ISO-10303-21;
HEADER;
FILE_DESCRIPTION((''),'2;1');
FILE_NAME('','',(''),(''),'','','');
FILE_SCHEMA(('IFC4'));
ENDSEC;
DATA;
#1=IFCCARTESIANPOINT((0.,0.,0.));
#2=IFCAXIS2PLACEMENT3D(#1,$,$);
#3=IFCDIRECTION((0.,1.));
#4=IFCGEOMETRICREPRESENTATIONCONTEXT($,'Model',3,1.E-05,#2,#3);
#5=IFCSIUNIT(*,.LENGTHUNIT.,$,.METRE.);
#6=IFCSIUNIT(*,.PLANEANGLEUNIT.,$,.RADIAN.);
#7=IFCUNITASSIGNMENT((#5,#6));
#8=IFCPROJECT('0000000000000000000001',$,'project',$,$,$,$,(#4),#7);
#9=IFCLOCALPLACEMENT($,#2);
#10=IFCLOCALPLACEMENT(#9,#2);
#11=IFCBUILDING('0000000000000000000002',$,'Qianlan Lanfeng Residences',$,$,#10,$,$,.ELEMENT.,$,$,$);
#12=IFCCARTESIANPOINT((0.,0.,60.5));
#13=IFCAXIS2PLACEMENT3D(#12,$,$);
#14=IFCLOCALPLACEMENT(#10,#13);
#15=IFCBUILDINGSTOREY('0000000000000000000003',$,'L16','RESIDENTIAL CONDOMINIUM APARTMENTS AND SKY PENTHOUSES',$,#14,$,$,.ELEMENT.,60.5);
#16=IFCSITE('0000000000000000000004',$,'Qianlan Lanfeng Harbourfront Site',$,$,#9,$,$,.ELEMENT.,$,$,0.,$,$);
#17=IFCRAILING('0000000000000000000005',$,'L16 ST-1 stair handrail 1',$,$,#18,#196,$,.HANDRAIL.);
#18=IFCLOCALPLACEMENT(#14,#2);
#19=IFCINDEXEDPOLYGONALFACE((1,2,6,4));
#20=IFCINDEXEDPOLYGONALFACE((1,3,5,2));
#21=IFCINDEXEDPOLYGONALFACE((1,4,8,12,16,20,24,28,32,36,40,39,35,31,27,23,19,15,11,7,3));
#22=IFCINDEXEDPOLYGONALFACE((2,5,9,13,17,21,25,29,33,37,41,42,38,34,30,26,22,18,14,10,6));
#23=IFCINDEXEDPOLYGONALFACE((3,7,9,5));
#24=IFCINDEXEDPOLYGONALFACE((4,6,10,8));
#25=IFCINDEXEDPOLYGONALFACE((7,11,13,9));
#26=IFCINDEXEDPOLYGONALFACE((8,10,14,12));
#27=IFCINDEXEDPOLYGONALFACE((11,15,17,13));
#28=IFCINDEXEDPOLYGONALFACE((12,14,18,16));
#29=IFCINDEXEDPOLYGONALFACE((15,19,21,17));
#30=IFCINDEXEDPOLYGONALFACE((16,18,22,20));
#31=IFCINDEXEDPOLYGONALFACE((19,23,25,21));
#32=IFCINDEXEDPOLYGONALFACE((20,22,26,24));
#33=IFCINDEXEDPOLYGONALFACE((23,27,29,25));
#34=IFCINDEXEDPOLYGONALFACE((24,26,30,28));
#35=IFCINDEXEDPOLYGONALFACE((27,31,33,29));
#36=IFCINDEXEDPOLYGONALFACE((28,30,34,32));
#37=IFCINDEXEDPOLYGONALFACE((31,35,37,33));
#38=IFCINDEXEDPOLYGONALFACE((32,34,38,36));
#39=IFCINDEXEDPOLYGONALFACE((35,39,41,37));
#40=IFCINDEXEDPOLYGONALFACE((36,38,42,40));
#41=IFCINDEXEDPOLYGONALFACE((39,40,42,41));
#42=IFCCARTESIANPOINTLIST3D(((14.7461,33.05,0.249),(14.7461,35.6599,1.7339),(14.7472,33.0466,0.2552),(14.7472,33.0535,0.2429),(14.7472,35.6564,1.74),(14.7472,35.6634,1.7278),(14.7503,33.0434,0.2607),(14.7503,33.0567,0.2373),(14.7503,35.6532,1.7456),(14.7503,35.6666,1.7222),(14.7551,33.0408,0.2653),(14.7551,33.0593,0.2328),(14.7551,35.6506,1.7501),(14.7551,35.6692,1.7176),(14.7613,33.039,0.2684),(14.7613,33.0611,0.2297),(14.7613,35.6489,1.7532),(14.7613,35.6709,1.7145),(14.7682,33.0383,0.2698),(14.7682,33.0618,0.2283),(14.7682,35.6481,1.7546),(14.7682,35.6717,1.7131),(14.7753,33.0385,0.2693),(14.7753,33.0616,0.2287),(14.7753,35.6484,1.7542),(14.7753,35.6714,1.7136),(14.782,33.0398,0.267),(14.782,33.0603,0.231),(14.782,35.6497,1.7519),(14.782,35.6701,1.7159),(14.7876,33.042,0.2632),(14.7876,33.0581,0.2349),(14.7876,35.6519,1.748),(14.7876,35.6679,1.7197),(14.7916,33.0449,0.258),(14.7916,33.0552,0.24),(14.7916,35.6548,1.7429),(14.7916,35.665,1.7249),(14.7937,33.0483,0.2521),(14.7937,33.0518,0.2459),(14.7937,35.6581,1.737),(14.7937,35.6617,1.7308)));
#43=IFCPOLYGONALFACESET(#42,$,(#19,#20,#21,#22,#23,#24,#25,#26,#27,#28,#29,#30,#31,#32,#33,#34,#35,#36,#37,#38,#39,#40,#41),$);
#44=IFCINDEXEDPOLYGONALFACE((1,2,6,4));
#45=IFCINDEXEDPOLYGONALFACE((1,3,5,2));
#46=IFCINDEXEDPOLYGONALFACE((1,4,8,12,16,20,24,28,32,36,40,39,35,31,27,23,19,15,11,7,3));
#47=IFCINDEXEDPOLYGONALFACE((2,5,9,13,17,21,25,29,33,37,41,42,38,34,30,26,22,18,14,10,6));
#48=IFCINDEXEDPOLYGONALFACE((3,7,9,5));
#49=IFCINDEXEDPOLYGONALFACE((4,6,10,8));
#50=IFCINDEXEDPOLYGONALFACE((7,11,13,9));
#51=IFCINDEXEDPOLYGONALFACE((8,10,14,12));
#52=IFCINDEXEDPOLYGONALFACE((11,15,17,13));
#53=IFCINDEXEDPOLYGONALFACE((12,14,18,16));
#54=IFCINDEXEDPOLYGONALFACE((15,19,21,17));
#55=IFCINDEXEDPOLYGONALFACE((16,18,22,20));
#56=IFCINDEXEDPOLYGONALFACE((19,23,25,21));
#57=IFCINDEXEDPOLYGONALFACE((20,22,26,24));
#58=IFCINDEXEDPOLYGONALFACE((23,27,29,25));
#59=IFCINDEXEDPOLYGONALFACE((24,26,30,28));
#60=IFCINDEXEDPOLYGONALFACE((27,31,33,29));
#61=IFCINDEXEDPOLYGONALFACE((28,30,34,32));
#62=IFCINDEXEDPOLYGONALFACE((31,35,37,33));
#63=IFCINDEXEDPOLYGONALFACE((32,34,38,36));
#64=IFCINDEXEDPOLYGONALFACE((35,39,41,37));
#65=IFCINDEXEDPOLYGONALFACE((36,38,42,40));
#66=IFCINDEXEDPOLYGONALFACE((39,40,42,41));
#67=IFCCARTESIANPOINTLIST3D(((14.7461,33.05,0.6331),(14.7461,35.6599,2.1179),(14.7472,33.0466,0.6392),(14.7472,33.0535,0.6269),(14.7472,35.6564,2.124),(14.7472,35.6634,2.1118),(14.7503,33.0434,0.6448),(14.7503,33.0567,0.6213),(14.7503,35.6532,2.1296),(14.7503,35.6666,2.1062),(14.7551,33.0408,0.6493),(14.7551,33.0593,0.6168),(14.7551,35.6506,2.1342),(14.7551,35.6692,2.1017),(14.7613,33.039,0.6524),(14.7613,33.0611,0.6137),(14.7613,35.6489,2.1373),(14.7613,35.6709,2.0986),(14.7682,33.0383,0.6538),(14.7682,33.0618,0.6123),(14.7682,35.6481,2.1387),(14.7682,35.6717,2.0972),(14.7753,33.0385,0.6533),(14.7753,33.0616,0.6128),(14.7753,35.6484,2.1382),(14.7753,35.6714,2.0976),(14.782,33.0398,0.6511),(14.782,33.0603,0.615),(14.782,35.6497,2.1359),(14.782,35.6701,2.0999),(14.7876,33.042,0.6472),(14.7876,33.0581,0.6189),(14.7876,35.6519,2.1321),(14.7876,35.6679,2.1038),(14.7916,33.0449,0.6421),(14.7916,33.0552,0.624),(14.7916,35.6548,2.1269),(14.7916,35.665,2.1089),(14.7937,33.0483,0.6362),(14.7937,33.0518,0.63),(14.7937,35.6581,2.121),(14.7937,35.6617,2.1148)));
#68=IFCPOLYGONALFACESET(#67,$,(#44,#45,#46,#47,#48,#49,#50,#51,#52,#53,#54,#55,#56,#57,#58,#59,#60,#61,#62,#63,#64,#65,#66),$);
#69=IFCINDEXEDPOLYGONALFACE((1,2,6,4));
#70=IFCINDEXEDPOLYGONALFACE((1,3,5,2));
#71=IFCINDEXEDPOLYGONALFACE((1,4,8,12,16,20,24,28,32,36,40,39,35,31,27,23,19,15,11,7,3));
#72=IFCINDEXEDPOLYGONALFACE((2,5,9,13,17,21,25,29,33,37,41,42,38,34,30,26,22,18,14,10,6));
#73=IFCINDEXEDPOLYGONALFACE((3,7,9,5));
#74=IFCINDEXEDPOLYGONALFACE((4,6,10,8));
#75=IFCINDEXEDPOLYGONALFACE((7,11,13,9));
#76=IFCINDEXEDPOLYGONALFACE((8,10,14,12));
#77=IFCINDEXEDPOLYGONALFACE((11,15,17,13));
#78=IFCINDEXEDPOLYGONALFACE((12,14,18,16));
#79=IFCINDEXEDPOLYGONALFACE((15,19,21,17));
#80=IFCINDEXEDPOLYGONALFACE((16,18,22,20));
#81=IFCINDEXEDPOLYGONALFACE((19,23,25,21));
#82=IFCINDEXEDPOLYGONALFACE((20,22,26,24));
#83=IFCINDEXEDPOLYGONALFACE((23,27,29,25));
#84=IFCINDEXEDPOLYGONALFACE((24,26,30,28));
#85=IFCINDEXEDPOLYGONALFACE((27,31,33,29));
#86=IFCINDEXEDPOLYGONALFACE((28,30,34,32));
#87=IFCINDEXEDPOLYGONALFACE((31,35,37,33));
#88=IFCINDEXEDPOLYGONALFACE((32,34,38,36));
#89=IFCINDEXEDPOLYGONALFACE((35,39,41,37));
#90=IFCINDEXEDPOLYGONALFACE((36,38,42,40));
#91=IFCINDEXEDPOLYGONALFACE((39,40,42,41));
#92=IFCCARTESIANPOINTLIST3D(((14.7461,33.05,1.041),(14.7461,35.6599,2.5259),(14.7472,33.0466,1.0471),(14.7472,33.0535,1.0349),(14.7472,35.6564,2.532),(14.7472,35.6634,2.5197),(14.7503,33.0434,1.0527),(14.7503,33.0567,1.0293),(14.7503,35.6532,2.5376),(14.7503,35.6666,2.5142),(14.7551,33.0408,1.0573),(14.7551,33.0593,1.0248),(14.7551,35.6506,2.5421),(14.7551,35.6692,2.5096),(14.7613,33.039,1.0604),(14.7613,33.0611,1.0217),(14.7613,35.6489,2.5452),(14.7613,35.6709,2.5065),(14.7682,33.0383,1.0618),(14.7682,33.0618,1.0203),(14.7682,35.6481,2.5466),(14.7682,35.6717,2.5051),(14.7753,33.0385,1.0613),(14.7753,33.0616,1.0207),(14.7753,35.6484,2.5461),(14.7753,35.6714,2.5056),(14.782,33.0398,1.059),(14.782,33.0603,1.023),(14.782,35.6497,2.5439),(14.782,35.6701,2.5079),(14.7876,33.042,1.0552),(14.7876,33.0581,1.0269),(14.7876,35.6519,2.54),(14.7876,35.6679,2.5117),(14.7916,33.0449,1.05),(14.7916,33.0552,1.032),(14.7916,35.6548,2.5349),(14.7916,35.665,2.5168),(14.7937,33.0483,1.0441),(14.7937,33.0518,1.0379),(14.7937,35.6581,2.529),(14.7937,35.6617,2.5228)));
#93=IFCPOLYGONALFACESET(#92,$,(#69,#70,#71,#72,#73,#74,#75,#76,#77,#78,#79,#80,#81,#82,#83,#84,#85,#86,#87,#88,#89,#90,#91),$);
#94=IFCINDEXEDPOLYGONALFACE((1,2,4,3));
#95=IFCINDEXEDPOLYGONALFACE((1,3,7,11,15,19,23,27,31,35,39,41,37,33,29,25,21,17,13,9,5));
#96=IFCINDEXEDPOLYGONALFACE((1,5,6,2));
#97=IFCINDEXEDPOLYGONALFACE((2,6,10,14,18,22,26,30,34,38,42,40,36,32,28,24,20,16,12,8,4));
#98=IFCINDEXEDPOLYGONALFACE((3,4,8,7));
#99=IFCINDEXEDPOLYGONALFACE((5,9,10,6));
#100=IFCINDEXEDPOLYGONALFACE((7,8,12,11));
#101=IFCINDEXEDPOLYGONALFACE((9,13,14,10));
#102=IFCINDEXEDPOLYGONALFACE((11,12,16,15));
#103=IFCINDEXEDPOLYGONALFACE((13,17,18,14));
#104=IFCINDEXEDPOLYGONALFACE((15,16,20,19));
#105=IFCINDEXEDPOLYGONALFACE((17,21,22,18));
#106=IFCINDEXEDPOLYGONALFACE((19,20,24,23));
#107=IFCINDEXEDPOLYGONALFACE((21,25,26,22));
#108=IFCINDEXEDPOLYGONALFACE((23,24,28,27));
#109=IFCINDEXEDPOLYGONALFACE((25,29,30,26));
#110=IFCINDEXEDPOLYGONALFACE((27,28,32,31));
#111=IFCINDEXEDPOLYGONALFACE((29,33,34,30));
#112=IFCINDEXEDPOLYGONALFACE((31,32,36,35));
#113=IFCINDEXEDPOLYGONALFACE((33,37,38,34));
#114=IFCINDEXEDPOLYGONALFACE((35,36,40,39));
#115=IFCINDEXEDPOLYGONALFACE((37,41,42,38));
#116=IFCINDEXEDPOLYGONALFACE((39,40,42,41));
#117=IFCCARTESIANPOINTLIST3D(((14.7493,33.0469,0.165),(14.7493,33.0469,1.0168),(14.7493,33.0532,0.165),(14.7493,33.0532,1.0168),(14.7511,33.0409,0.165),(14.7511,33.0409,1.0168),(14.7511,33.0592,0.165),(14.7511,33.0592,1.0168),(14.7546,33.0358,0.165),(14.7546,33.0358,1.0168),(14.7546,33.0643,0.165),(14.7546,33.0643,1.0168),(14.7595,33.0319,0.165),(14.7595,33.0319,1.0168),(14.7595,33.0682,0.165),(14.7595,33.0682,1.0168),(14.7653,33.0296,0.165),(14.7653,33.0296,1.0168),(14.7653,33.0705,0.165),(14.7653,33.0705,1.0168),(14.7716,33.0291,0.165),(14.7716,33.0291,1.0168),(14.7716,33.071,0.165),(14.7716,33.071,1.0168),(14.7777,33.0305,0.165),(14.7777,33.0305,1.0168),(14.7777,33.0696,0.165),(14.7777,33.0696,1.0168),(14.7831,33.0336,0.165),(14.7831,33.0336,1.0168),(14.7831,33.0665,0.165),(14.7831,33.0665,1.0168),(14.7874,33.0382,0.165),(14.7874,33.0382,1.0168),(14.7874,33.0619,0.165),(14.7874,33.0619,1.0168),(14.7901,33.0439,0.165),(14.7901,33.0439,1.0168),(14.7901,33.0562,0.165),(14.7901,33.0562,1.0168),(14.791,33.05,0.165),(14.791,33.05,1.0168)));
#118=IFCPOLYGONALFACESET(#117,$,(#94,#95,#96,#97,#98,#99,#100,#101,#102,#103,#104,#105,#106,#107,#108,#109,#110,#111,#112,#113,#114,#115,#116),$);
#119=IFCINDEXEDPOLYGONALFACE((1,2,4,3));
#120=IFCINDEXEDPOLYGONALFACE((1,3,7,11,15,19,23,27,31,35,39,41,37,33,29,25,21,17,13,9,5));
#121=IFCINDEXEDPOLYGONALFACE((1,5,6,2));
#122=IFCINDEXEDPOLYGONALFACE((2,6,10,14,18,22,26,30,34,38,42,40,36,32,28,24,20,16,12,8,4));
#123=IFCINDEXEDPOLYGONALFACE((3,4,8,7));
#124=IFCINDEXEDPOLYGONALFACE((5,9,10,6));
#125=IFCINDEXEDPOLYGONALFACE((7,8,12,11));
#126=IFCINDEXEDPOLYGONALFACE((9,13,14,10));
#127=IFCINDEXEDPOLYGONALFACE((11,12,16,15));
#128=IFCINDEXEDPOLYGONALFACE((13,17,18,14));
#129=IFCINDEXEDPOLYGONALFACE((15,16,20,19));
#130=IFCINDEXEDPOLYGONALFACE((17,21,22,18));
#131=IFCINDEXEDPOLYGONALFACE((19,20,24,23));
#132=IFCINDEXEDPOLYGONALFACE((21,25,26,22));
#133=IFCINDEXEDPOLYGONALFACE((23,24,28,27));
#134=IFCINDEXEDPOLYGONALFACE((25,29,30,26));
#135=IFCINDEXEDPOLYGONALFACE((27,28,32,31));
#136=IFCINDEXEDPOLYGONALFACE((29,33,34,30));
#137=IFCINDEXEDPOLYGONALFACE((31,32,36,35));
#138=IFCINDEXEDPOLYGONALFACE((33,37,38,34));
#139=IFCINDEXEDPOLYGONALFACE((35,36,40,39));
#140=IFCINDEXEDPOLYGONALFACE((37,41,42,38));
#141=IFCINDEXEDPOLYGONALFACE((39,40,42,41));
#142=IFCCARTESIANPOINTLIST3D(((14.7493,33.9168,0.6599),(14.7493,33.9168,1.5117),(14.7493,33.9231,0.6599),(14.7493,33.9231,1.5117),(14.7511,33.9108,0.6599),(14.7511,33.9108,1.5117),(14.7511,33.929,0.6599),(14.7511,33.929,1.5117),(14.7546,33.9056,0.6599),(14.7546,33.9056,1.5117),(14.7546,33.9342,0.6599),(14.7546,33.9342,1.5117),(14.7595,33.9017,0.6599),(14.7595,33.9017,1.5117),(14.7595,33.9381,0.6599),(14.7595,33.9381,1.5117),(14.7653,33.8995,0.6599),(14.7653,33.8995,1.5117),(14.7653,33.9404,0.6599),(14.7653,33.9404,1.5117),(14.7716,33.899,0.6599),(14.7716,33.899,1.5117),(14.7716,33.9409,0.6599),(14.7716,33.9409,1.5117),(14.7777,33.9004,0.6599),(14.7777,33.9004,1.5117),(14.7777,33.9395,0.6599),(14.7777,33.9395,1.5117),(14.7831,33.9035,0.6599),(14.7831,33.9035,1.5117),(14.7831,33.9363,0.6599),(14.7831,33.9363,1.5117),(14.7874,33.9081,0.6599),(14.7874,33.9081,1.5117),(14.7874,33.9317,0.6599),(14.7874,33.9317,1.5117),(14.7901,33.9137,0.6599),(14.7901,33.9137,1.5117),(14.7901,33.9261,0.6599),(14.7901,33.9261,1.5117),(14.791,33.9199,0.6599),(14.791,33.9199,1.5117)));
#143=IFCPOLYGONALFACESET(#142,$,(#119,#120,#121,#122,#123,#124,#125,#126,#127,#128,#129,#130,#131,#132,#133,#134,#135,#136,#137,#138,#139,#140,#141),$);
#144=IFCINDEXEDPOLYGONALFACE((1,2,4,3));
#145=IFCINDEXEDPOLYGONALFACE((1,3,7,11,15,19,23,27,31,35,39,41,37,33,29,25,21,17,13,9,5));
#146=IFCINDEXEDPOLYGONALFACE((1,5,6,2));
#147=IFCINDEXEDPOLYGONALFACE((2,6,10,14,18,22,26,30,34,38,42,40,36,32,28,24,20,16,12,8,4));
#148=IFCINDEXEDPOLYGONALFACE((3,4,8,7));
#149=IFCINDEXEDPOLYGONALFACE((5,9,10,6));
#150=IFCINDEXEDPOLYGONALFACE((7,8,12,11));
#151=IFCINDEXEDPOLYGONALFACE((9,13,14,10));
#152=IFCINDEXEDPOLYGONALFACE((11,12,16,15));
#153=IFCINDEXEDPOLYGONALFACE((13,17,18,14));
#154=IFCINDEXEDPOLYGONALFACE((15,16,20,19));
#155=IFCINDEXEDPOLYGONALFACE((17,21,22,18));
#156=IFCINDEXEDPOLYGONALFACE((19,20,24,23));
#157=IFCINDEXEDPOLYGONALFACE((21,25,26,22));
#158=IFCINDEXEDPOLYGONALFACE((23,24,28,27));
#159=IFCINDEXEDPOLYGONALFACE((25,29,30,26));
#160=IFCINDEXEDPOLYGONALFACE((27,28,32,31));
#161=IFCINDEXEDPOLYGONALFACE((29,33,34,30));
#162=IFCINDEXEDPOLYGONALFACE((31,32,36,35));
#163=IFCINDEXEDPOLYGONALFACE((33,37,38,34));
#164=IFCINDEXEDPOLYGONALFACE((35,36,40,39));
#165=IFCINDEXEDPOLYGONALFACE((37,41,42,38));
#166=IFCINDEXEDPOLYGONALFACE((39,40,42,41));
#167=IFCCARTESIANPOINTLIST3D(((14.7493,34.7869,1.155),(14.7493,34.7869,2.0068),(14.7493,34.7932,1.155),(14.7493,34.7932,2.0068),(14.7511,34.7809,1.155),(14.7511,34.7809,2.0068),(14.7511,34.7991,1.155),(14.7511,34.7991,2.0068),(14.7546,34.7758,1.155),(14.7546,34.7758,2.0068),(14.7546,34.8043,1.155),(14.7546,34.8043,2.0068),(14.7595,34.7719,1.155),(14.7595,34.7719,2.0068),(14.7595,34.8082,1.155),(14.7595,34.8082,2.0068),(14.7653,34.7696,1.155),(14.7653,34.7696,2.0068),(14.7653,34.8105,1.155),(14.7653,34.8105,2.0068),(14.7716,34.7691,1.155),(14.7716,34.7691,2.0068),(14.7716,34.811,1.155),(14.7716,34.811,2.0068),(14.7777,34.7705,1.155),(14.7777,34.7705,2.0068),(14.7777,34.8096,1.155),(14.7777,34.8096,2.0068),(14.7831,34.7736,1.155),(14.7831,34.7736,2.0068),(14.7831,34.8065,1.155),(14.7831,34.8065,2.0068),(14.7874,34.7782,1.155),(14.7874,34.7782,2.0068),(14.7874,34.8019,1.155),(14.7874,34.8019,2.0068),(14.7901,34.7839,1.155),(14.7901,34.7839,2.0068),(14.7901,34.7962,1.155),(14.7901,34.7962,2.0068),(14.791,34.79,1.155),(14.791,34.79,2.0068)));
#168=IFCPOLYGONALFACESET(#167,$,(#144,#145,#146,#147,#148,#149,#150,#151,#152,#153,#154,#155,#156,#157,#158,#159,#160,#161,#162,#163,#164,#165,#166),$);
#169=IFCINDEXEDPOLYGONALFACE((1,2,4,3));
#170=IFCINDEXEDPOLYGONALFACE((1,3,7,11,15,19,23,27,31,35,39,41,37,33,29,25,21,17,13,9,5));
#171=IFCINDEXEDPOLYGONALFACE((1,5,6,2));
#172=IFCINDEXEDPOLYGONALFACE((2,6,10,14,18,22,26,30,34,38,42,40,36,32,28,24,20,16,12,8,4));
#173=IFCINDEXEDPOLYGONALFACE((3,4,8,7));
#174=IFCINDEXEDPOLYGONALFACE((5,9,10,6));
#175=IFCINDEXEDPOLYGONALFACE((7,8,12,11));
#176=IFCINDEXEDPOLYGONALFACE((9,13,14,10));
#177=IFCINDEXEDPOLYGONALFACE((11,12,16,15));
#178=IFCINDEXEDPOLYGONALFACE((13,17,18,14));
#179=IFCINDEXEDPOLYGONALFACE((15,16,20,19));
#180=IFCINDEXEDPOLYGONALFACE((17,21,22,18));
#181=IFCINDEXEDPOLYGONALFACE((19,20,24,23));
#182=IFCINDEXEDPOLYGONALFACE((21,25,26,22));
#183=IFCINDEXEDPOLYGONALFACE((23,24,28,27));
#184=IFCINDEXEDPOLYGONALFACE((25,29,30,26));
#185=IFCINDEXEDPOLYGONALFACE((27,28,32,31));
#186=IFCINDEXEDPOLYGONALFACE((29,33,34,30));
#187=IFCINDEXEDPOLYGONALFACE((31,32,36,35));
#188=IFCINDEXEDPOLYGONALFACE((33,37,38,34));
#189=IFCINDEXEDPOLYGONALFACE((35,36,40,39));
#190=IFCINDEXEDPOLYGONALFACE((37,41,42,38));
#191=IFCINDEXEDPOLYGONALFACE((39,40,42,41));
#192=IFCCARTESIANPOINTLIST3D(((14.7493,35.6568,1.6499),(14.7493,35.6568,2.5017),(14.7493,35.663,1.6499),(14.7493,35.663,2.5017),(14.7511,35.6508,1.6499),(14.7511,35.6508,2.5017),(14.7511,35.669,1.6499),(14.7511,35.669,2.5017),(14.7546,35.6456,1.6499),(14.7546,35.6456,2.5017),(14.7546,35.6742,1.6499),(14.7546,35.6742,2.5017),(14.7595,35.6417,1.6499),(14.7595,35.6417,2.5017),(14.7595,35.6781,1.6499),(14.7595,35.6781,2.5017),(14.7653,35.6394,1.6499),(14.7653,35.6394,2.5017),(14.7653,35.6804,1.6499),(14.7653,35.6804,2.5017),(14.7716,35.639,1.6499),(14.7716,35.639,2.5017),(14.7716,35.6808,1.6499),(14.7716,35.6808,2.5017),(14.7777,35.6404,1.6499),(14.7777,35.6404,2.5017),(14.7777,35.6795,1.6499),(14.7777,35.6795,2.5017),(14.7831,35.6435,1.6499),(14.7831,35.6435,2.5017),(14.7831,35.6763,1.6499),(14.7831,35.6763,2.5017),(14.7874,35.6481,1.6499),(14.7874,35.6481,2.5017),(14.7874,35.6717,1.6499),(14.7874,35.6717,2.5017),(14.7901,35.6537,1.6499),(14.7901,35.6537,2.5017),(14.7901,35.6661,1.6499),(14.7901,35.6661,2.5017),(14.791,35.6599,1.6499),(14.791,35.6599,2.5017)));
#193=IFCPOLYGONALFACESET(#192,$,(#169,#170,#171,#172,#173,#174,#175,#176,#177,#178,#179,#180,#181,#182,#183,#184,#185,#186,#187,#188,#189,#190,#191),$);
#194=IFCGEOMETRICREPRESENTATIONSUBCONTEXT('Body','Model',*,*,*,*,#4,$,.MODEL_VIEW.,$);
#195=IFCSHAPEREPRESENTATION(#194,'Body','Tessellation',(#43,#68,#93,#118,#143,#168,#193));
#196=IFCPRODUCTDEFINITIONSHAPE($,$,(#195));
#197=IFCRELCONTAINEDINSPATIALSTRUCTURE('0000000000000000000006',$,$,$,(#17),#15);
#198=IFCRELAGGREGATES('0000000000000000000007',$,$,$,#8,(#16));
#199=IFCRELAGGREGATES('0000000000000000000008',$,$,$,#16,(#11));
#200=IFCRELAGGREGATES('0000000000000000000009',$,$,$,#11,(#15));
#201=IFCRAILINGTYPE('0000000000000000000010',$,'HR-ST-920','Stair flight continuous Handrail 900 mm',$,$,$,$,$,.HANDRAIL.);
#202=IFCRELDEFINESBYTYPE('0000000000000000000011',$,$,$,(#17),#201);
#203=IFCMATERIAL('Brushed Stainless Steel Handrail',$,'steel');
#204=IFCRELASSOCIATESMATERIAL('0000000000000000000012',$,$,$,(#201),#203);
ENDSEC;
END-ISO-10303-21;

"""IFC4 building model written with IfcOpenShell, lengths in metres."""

from ifc_helpers import new_model, si_unit, direction, frame, origin, origin_2d, place, context, subcontext, project, spatial, circle, extrude, material, type_object, element, save


model = new_model("IFC4")

# Units and contexts
model_context = context("Model", 3, precision=1e-05, world=origin(), true_north=direction((0.0, 1.0)))
body_context = subcontext(model_context, "Body", "Model", "MODEL_VIEW")
ifc_project = project(units=[si_unit("LENGTHUNIT", "METRE"), si_unit("PLANEANGLEUNIT", "RADIAN")], contexts=[model_context])

# Site, building, storey
site_placement = place(None, origin())
site = spatial("IfcSite", under=ifc_project, at=site_placement, Name="Qianlan Lanfeng Harbourfront Site", CompositionType="ELEMENT", RefElevation=0.0)
building_placement = place(site_placement, origin())
building = spatial("IfcBuilding", under=site, at=building_placement, Name="Qianlan Lanfeng Residences", CompositionType="ELEMENT")
storey_placement = place(building_placement, frame((0.0, 0.0, 60.5)))
storey = spatial("IfcBuildingStorey", under=building, at=storey_placement, Name="L16", Description="RESIDENTIAL CONDOMINIUM APARTMENTS AND SKY PENTHOUSES", CompositionType="ELEMENT", Elevation=60.5)

# Railing
ifc_material_1 = material(Name="Brushed Stainless Steel Handrail", Category="steel")
railing_type_1 = type_object("IfcRailingType", Name="HR-ST-920", Description="Stair flight continuous Handrail 900 mm", PredefinedType="HANDRAIL", material=ifc_material_1)
railing_1_placement = place(storey_placement, frame((14.77, 33.05, 0.165)))
element("IfcRailing", 1, at=railing_1_placement, inside=storey, type_object=railing_type_1, Name="L16 ST-1 stair handrail 1", PredefinedType="HANDRAIL", context=body_context, shape_type="SweptSolid", body=[
    extrude(circle(Radius=0.0239, at=origin_2d()), frame((0.0, 0.0, 0.084), z_axis=(0.0, 0.869172, 0.494509), x_axis=(-1.0, 0.0, 0.0)), (0.0, 0.0, 1.0), 3.0027),
    extrude(circle(Radius=0.0239, at=origin_2d()), frame((0.0, 0.0, 0.468), z_axis=(0.0, 0.869172, 0.494509), x_axis=(-1.0, 0.0, 0.0)), (0.0, 0.0, 1.0), 3.0027),
    extrude(circle(Radius=0.0239, at=origin_2d()), frame((0.0, 0.0, 0.876), z_axis=(0.0, 0.869172, 0.494509), x_axis=(-1.0, 0.0, 0.0)), (0.0, 0.0, 1.0), 3.0027),
    extrude(circle(Radius=0.021, at=origin_2d()), origin(), (0.0, 0.0, 1.0), 0.8518),
    extrude(circle(Radius=0.021, at=origin_2d()), frame((0.0, 0.8699, 0.4949)), (0.0, 0.0, 1.0), 0.8518),
    extrude(circle(Radius=0.021, at=origin_2d()), frame((0.0, 1.74, 0.99)), (0.0, 0.0, 1.0), 0.8518),
    extrude(circle(Radius=0.021, at=origin_2d()), frame((0.0, 2.6099, 1.4849)), (0.0, 0.0, 1.0), 0.8518),
])

save(model, "model.ifc")
